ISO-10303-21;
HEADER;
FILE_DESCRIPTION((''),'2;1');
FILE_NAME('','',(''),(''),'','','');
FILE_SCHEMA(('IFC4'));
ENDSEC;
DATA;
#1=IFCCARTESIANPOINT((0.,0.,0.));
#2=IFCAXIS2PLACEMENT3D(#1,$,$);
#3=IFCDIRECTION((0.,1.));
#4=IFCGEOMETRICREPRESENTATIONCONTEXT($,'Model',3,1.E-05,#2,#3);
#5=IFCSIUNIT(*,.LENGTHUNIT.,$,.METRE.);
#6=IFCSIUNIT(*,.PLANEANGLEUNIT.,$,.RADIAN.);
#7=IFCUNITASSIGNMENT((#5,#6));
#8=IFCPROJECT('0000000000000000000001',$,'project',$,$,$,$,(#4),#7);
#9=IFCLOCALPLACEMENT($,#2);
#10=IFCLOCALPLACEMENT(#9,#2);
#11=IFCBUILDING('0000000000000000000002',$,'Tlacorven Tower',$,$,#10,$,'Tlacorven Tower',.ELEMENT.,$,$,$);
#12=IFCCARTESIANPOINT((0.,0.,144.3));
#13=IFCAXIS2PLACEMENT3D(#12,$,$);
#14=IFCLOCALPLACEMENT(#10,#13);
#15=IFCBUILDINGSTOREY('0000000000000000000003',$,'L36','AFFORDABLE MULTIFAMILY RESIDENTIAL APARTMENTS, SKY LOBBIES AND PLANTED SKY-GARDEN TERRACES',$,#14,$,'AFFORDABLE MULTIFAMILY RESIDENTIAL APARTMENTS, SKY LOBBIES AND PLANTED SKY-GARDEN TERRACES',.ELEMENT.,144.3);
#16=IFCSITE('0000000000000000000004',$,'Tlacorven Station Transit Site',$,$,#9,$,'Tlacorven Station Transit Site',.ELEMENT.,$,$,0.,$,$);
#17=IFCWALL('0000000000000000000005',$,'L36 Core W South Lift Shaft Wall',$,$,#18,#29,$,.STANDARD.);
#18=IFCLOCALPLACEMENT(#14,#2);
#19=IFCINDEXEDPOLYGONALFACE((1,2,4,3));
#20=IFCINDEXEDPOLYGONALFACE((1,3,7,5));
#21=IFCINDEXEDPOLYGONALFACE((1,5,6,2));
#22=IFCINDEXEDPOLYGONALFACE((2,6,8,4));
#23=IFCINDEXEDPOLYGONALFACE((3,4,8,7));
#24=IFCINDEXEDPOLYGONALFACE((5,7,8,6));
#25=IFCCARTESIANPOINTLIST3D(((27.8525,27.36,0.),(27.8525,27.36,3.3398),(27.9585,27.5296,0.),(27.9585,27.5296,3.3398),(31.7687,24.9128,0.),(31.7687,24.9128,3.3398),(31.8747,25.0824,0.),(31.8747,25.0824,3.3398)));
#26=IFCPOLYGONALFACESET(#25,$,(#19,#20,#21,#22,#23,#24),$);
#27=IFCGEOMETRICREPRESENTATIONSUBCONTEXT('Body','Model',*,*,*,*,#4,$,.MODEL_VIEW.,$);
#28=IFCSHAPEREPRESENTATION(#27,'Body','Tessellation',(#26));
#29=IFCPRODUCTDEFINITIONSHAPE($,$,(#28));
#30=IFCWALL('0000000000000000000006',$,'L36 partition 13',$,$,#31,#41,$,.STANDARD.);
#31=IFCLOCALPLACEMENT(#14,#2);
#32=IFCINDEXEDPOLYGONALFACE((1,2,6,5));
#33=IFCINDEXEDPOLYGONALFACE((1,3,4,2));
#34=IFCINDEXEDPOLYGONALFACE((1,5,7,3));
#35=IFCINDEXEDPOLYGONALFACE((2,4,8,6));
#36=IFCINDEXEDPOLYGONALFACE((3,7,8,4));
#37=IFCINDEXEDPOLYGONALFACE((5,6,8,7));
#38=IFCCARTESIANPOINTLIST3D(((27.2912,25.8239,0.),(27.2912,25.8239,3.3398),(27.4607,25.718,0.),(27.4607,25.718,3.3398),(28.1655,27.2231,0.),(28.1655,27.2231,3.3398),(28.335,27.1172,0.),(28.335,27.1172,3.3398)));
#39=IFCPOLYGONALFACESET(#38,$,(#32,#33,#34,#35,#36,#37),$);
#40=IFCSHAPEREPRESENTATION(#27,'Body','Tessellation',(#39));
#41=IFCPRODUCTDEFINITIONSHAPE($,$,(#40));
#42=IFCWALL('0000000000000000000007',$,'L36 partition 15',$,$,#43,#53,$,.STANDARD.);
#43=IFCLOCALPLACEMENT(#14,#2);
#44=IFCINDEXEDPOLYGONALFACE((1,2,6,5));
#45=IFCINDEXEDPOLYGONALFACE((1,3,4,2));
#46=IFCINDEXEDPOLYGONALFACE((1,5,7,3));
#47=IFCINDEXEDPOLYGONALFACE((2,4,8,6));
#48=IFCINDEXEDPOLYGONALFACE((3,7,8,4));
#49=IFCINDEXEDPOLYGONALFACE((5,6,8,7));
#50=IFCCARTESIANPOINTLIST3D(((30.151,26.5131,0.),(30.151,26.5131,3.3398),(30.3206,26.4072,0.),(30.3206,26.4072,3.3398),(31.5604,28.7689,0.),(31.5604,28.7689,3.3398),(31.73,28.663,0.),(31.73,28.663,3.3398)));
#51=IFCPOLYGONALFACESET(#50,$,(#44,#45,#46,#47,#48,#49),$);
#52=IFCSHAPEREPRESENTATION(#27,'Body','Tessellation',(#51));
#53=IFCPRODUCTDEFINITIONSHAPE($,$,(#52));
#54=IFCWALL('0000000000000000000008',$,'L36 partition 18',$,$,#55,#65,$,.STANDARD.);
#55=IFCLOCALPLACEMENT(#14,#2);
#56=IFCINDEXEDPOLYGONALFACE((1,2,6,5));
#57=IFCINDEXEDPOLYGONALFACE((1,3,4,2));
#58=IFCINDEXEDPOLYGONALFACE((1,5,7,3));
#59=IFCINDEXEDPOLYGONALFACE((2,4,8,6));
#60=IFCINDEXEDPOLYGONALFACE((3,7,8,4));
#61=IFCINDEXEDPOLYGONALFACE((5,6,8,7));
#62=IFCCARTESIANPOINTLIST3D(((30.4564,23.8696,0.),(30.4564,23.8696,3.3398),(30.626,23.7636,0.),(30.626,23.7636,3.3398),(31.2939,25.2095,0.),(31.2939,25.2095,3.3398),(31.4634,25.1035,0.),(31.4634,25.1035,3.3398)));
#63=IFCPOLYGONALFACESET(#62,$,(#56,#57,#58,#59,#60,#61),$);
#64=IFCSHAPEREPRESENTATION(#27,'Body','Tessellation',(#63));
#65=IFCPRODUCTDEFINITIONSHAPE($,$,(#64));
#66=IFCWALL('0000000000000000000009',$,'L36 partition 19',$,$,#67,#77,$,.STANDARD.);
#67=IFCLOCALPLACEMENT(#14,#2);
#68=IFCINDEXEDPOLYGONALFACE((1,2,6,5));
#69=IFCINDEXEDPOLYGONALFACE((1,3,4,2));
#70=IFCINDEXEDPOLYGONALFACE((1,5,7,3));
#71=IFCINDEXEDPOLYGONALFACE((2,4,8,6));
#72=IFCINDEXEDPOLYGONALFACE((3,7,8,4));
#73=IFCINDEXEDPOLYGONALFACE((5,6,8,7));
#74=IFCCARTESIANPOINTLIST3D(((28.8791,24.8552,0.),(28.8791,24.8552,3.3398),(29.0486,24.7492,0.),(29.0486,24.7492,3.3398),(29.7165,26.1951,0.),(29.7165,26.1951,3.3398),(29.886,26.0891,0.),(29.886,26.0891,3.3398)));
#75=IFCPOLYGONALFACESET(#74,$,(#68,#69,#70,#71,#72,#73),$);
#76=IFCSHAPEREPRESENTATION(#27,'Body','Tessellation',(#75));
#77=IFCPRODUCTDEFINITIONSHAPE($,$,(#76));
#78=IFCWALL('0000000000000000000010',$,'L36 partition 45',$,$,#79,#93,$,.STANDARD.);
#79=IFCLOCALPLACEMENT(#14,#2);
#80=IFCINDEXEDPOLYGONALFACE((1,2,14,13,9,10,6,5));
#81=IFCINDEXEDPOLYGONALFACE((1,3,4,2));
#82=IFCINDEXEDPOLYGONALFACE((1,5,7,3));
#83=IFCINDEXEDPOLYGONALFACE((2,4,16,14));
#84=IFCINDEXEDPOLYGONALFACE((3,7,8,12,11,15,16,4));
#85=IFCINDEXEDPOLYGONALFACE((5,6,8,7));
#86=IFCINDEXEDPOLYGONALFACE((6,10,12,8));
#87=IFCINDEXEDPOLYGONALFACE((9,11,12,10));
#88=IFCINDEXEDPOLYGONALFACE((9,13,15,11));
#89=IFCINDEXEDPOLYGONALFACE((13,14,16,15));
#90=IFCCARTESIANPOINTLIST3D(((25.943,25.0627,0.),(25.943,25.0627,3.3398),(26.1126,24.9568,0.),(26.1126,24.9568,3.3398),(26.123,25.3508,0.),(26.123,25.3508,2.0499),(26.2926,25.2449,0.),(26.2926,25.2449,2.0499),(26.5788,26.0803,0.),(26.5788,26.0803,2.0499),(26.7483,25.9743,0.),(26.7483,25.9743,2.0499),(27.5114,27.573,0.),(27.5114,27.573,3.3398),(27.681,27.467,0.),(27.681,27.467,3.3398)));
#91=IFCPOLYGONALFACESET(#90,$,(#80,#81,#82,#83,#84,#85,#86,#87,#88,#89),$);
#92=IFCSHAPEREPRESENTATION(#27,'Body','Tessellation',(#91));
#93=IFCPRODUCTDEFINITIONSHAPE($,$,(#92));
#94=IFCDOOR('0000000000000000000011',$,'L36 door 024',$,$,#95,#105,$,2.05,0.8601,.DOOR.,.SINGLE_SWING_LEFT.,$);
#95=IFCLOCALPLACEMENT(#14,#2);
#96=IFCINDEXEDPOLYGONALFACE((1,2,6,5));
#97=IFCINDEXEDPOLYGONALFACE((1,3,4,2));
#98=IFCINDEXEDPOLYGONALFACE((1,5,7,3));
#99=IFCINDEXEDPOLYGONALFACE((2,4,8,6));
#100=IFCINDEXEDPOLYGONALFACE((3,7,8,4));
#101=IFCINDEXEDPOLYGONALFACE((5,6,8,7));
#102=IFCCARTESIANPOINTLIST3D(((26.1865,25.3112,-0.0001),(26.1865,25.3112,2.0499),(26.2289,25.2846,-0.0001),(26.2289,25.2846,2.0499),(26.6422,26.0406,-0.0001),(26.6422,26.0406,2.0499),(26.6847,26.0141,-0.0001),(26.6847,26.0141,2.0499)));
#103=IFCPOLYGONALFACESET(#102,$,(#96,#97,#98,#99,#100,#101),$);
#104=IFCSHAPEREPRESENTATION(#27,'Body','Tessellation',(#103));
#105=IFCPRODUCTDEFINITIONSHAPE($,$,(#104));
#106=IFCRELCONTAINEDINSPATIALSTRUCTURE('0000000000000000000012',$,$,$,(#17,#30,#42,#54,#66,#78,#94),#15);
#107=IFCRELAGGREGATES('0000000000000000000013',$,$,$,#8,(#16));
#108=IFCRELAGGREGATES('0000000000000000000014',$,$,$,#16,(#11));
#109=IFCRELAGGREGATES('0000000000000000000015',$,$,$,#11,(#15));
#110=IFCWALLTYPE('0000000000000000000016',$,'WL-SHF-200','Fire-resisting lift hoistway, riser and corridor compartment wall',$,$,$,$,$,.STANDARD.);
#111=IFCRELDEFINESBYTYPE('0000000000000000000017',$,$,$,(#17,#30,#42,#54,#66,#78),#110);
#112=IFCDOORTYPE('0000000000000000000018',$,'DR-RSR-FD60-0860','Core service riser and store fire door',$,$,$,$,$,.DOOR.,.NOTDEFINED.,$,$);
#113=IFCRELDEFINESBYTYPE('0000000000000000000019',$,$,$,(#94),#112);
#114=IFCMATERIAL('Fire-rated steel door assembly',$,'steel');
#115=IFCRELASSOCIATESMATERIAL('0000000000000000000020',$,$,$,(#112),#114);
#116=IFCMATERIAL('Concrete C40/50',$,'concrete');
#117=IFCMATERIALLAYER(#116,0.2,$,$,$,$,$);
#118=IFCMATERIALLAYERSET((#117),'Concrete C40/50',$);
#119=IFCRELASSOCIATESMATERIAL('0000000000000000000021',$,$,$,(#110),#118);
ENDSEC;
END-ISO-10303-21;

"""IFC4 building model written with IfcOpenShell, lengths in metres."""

from ifc_helpers import new_model, si_unit, direction, frame, frame_2d, origin, place, context, subcontext, project, spatial, rectangle, extrude, source, transform, mapped, material, layer, layer_set, type_object, element, fill, save


model = new_model("IFC4")

# Units and contexts
model_context = context("Model", 3, precision=1e-05, world=origin(), true_north=direction((0.0, 1.0)))
body_context = subcontext(model_context, "Body", "Model", "MODEL_VIEW")
ifc_project = project(units=[si_unit("LENGTHUNIT", "METRE"), si_unit("PLANEANGLEUNIT", "RADIAN")], contexts=[model_context])

# Site, building, storey
site_placement = place(None, origin())
site = spatial("IfcSite", under=ifc_project, at=site_placement, Name="Tlacorven Station Transit Site", LongName="Tlacorven Station Transit Site", CompositionType="ELEMENT", RefElevation=0.0)
building_placement = place(site_placement, origin())
building = spatial("IfcBuilding", under=site, at=building_placement, Name="Tlacorven Tower", LongName="Tlacorven Tower", CompositionType="ELEMENT")
storey_placement = place(building_placement, frame((0.0, 0.0, 144.3)))
storey = spatial("IfcBuildingStorey", under=building, at=storey_placement, Name="L36", Description="AFFORDABLE MULTIFAMILY RESIDENTIAL APARTMENTS, SKY LOBBIES AND PLANTED SKY-GARDEN TERRACES", LongName="AFFORDABLE MULTIFAMILY RESIDENTIAL APARTMENTS, SKY LOBBIES AND PLANTED SKY-GARDEN TERRACES", CompositionType="ELEMENT", Elevation=144.3)

# Shared definitions
ifc_material_1 = material(Name="Fire-rated steel door assembly", Category="steel")
door_type_1 = type_object("IfcDoorType", Name="DR-RSR-FD60-0860", Description="Core service riser and store fire door", OperationType="NOTDEFINED", PredefinedType="DOOR", material=ifc_material_1)
shared_shape_1 = source(origin(), body_context, "Body", "SweptSolid", [
    extrude(rectangle(XDim=0.8601, YDim=2.05, at=frame_2d((0.4302, 1.0249))), frame((0.0, 0.0249, 0.0), z_axis=(0.0, -1.0, 0.0), x_axis=(1.0, 0.0, 0.0)), (0.0, 0.0, 1.0), 0.05),
])

# Walls
ifc_material_2 = material(Name="Concrete C40/50", Category="concrete")
ifc_layer_1 = layer(ifc_material_2, 0.2)
ifc_layer_set_1 = layer_set([ifc_layer_1], Name="Concrete C40/50")
wall_type_1 = type_object("IfcWallType", Name="WL-SHF-200", Description="Fire-resisting lift hoistway, riser and corridor compartment wall", PredefinedType="STANDARD", material=ifc_layer_set_1)
wall_1_placement = place(storey_placement, frame((31.8218, 24.9976, 0.0), z_axis=(0.0, 0.0, 1.0), x_axis=(-0.848037, 0.529937, 0.0)))
element("IfcWall", 1, at=wall_1_placement, inside=storey, type_object=wall_type_1, Name="L36 Core W South Lift Shaft Wall", PredefinedType="STANDARD", context=body_context, shape_type="SweptSolid", body=[
    extrude(rectangle(XDim=4.6179, YDim=0.2, at=frame_2d((2.3091, 0.0))), origin(), (0.0, 0.0, 1.0), 3.3398),
])
wall_2_placement = place(storey_placement, frame((28.2502, 27.1702, 0.0), z_axis=(0.0, 0.0, 1.0), x_axis=(-0.529906, -0.848056, 0.0)))
element("IfcWall", 2, at=wall_2_placement, inside=storey, type_object=wall_type_1, Name="L36 partition 13", PredefinedType="STANDARD", context=body_context, shape_type="SweptSolid", body=[
    extrude(rectangle(XDim=1.6499, YDim=0.2, at=frame_2d((0.825, 0.0))), origin(), (0.0, 0.0, 1.0), 3.3398),
])
wall_3_placement = place(storey_placement, frame((31.6453, 28.7161, 0.0), z_axis=(0.0, 0.0, 1.0), x_axis=(-0.529867, -0.848081, 0.0)))
element("IfcWall", 3, at=wall_3_placement, inside=storey, type_object=wall_type_1, Name="L36 partition 15", PredefinedType="STANDARD", context=body_context, shape_type="SweptSolid", body=[
    extrude(rectangle(XDim=2.6599, YDim=0.2, at=frame_2d((1.3301, 0.0))), origin(), (0.0, 0.0, 1.0), 3.3398),
])
for number, where, z_axis, x_axis, name in (
    (4, (31.3787, 25.1565, 0.0), (0.0, 0.0, 1.0), (-0.529999, -0.847998, 0.0), "L36 partition 18"),
    (5, (29.8013, 26.1421, 0.0), (0.0, 0.0, 1.0), (-0.529999, -0.847998, 0.0), "L36 partition 19"),
):
    element("IfcWall", number, at=place(storey_placement, frame(where, z_axis=z_axis, x_axis=x_axis)), inside=storey, type_object=wall_type_1, Name=name, PredefinedType="STANDARD", context=body_context, shape_type="SweptSolid", body=[
        extrude(rectangle(XDim=1.5801, YDim=0.2, at=frame_2d((0.79, 0.0))), origin(), (0.0, 0.0, 1.0), 3.3398),
    ])

# Wall, opening, door
wall_4_placement = place(storey_placement, frame((27.5962, 27.52, 0.0), z_axis=(0.0, 0.0, 1.0), x_axis=(-0.529865, -0.848082, 0.0)))
wall_4 = element("IfcWall", 6, at=wall_4_placement, inside=storey, type_object=wall_type_1, Name="L36 partition 45", PredefinedType="STANDARD", context=body_context, shape_type="SweptSolid", body=[
    extrude(rectangle(XDim=2.96, YDim=0.2, at=frame_2d((1.48, 0.0))), origin(), (0.0, 0.0, 1.0), 3.3398),
])
opening_1_placement = place(wall_4_placement, frame((1.76, 0.0, 0.0)))
opening_1 = element("IfcOpeningElement", 7, at=opening_1_placement, cuts=wall_4, PredefinedType="OPENING", context=body_context, shape_type="SweptSolid", body=[
    extrude(rectangle(XDim=0.8601, YDim=2.05, at=frame_2d((0.4302, 1.0249))), frame((0.0, 0.1099, 0.0), z_axis=(0.0, -1.0, 0.0), x_axis=(1.0, 0.0, 0.0)), (0.0, 0.0, 1.0), 0.22),
])
door_1_placement = place(opening_1_placement, origin())
door_1 = element("IfcDoor", 8, at=door_1_placement, inside=storey, type_object=door_type_1, Name="L36 door 024", OperationType="SINGLE_SWING_LEFT", OverallHeight=2.05, OverallWidth=0.8601, PredefinedType="DOOR", context=body_context, shape_type="MappedRepresentation", body=[
    mapped(shared_shape_1, transform((0.0, 0.0, 0.0), scale=1.0)),
])
fill(opening_1, door_1)

save(model, "model.ifc")
